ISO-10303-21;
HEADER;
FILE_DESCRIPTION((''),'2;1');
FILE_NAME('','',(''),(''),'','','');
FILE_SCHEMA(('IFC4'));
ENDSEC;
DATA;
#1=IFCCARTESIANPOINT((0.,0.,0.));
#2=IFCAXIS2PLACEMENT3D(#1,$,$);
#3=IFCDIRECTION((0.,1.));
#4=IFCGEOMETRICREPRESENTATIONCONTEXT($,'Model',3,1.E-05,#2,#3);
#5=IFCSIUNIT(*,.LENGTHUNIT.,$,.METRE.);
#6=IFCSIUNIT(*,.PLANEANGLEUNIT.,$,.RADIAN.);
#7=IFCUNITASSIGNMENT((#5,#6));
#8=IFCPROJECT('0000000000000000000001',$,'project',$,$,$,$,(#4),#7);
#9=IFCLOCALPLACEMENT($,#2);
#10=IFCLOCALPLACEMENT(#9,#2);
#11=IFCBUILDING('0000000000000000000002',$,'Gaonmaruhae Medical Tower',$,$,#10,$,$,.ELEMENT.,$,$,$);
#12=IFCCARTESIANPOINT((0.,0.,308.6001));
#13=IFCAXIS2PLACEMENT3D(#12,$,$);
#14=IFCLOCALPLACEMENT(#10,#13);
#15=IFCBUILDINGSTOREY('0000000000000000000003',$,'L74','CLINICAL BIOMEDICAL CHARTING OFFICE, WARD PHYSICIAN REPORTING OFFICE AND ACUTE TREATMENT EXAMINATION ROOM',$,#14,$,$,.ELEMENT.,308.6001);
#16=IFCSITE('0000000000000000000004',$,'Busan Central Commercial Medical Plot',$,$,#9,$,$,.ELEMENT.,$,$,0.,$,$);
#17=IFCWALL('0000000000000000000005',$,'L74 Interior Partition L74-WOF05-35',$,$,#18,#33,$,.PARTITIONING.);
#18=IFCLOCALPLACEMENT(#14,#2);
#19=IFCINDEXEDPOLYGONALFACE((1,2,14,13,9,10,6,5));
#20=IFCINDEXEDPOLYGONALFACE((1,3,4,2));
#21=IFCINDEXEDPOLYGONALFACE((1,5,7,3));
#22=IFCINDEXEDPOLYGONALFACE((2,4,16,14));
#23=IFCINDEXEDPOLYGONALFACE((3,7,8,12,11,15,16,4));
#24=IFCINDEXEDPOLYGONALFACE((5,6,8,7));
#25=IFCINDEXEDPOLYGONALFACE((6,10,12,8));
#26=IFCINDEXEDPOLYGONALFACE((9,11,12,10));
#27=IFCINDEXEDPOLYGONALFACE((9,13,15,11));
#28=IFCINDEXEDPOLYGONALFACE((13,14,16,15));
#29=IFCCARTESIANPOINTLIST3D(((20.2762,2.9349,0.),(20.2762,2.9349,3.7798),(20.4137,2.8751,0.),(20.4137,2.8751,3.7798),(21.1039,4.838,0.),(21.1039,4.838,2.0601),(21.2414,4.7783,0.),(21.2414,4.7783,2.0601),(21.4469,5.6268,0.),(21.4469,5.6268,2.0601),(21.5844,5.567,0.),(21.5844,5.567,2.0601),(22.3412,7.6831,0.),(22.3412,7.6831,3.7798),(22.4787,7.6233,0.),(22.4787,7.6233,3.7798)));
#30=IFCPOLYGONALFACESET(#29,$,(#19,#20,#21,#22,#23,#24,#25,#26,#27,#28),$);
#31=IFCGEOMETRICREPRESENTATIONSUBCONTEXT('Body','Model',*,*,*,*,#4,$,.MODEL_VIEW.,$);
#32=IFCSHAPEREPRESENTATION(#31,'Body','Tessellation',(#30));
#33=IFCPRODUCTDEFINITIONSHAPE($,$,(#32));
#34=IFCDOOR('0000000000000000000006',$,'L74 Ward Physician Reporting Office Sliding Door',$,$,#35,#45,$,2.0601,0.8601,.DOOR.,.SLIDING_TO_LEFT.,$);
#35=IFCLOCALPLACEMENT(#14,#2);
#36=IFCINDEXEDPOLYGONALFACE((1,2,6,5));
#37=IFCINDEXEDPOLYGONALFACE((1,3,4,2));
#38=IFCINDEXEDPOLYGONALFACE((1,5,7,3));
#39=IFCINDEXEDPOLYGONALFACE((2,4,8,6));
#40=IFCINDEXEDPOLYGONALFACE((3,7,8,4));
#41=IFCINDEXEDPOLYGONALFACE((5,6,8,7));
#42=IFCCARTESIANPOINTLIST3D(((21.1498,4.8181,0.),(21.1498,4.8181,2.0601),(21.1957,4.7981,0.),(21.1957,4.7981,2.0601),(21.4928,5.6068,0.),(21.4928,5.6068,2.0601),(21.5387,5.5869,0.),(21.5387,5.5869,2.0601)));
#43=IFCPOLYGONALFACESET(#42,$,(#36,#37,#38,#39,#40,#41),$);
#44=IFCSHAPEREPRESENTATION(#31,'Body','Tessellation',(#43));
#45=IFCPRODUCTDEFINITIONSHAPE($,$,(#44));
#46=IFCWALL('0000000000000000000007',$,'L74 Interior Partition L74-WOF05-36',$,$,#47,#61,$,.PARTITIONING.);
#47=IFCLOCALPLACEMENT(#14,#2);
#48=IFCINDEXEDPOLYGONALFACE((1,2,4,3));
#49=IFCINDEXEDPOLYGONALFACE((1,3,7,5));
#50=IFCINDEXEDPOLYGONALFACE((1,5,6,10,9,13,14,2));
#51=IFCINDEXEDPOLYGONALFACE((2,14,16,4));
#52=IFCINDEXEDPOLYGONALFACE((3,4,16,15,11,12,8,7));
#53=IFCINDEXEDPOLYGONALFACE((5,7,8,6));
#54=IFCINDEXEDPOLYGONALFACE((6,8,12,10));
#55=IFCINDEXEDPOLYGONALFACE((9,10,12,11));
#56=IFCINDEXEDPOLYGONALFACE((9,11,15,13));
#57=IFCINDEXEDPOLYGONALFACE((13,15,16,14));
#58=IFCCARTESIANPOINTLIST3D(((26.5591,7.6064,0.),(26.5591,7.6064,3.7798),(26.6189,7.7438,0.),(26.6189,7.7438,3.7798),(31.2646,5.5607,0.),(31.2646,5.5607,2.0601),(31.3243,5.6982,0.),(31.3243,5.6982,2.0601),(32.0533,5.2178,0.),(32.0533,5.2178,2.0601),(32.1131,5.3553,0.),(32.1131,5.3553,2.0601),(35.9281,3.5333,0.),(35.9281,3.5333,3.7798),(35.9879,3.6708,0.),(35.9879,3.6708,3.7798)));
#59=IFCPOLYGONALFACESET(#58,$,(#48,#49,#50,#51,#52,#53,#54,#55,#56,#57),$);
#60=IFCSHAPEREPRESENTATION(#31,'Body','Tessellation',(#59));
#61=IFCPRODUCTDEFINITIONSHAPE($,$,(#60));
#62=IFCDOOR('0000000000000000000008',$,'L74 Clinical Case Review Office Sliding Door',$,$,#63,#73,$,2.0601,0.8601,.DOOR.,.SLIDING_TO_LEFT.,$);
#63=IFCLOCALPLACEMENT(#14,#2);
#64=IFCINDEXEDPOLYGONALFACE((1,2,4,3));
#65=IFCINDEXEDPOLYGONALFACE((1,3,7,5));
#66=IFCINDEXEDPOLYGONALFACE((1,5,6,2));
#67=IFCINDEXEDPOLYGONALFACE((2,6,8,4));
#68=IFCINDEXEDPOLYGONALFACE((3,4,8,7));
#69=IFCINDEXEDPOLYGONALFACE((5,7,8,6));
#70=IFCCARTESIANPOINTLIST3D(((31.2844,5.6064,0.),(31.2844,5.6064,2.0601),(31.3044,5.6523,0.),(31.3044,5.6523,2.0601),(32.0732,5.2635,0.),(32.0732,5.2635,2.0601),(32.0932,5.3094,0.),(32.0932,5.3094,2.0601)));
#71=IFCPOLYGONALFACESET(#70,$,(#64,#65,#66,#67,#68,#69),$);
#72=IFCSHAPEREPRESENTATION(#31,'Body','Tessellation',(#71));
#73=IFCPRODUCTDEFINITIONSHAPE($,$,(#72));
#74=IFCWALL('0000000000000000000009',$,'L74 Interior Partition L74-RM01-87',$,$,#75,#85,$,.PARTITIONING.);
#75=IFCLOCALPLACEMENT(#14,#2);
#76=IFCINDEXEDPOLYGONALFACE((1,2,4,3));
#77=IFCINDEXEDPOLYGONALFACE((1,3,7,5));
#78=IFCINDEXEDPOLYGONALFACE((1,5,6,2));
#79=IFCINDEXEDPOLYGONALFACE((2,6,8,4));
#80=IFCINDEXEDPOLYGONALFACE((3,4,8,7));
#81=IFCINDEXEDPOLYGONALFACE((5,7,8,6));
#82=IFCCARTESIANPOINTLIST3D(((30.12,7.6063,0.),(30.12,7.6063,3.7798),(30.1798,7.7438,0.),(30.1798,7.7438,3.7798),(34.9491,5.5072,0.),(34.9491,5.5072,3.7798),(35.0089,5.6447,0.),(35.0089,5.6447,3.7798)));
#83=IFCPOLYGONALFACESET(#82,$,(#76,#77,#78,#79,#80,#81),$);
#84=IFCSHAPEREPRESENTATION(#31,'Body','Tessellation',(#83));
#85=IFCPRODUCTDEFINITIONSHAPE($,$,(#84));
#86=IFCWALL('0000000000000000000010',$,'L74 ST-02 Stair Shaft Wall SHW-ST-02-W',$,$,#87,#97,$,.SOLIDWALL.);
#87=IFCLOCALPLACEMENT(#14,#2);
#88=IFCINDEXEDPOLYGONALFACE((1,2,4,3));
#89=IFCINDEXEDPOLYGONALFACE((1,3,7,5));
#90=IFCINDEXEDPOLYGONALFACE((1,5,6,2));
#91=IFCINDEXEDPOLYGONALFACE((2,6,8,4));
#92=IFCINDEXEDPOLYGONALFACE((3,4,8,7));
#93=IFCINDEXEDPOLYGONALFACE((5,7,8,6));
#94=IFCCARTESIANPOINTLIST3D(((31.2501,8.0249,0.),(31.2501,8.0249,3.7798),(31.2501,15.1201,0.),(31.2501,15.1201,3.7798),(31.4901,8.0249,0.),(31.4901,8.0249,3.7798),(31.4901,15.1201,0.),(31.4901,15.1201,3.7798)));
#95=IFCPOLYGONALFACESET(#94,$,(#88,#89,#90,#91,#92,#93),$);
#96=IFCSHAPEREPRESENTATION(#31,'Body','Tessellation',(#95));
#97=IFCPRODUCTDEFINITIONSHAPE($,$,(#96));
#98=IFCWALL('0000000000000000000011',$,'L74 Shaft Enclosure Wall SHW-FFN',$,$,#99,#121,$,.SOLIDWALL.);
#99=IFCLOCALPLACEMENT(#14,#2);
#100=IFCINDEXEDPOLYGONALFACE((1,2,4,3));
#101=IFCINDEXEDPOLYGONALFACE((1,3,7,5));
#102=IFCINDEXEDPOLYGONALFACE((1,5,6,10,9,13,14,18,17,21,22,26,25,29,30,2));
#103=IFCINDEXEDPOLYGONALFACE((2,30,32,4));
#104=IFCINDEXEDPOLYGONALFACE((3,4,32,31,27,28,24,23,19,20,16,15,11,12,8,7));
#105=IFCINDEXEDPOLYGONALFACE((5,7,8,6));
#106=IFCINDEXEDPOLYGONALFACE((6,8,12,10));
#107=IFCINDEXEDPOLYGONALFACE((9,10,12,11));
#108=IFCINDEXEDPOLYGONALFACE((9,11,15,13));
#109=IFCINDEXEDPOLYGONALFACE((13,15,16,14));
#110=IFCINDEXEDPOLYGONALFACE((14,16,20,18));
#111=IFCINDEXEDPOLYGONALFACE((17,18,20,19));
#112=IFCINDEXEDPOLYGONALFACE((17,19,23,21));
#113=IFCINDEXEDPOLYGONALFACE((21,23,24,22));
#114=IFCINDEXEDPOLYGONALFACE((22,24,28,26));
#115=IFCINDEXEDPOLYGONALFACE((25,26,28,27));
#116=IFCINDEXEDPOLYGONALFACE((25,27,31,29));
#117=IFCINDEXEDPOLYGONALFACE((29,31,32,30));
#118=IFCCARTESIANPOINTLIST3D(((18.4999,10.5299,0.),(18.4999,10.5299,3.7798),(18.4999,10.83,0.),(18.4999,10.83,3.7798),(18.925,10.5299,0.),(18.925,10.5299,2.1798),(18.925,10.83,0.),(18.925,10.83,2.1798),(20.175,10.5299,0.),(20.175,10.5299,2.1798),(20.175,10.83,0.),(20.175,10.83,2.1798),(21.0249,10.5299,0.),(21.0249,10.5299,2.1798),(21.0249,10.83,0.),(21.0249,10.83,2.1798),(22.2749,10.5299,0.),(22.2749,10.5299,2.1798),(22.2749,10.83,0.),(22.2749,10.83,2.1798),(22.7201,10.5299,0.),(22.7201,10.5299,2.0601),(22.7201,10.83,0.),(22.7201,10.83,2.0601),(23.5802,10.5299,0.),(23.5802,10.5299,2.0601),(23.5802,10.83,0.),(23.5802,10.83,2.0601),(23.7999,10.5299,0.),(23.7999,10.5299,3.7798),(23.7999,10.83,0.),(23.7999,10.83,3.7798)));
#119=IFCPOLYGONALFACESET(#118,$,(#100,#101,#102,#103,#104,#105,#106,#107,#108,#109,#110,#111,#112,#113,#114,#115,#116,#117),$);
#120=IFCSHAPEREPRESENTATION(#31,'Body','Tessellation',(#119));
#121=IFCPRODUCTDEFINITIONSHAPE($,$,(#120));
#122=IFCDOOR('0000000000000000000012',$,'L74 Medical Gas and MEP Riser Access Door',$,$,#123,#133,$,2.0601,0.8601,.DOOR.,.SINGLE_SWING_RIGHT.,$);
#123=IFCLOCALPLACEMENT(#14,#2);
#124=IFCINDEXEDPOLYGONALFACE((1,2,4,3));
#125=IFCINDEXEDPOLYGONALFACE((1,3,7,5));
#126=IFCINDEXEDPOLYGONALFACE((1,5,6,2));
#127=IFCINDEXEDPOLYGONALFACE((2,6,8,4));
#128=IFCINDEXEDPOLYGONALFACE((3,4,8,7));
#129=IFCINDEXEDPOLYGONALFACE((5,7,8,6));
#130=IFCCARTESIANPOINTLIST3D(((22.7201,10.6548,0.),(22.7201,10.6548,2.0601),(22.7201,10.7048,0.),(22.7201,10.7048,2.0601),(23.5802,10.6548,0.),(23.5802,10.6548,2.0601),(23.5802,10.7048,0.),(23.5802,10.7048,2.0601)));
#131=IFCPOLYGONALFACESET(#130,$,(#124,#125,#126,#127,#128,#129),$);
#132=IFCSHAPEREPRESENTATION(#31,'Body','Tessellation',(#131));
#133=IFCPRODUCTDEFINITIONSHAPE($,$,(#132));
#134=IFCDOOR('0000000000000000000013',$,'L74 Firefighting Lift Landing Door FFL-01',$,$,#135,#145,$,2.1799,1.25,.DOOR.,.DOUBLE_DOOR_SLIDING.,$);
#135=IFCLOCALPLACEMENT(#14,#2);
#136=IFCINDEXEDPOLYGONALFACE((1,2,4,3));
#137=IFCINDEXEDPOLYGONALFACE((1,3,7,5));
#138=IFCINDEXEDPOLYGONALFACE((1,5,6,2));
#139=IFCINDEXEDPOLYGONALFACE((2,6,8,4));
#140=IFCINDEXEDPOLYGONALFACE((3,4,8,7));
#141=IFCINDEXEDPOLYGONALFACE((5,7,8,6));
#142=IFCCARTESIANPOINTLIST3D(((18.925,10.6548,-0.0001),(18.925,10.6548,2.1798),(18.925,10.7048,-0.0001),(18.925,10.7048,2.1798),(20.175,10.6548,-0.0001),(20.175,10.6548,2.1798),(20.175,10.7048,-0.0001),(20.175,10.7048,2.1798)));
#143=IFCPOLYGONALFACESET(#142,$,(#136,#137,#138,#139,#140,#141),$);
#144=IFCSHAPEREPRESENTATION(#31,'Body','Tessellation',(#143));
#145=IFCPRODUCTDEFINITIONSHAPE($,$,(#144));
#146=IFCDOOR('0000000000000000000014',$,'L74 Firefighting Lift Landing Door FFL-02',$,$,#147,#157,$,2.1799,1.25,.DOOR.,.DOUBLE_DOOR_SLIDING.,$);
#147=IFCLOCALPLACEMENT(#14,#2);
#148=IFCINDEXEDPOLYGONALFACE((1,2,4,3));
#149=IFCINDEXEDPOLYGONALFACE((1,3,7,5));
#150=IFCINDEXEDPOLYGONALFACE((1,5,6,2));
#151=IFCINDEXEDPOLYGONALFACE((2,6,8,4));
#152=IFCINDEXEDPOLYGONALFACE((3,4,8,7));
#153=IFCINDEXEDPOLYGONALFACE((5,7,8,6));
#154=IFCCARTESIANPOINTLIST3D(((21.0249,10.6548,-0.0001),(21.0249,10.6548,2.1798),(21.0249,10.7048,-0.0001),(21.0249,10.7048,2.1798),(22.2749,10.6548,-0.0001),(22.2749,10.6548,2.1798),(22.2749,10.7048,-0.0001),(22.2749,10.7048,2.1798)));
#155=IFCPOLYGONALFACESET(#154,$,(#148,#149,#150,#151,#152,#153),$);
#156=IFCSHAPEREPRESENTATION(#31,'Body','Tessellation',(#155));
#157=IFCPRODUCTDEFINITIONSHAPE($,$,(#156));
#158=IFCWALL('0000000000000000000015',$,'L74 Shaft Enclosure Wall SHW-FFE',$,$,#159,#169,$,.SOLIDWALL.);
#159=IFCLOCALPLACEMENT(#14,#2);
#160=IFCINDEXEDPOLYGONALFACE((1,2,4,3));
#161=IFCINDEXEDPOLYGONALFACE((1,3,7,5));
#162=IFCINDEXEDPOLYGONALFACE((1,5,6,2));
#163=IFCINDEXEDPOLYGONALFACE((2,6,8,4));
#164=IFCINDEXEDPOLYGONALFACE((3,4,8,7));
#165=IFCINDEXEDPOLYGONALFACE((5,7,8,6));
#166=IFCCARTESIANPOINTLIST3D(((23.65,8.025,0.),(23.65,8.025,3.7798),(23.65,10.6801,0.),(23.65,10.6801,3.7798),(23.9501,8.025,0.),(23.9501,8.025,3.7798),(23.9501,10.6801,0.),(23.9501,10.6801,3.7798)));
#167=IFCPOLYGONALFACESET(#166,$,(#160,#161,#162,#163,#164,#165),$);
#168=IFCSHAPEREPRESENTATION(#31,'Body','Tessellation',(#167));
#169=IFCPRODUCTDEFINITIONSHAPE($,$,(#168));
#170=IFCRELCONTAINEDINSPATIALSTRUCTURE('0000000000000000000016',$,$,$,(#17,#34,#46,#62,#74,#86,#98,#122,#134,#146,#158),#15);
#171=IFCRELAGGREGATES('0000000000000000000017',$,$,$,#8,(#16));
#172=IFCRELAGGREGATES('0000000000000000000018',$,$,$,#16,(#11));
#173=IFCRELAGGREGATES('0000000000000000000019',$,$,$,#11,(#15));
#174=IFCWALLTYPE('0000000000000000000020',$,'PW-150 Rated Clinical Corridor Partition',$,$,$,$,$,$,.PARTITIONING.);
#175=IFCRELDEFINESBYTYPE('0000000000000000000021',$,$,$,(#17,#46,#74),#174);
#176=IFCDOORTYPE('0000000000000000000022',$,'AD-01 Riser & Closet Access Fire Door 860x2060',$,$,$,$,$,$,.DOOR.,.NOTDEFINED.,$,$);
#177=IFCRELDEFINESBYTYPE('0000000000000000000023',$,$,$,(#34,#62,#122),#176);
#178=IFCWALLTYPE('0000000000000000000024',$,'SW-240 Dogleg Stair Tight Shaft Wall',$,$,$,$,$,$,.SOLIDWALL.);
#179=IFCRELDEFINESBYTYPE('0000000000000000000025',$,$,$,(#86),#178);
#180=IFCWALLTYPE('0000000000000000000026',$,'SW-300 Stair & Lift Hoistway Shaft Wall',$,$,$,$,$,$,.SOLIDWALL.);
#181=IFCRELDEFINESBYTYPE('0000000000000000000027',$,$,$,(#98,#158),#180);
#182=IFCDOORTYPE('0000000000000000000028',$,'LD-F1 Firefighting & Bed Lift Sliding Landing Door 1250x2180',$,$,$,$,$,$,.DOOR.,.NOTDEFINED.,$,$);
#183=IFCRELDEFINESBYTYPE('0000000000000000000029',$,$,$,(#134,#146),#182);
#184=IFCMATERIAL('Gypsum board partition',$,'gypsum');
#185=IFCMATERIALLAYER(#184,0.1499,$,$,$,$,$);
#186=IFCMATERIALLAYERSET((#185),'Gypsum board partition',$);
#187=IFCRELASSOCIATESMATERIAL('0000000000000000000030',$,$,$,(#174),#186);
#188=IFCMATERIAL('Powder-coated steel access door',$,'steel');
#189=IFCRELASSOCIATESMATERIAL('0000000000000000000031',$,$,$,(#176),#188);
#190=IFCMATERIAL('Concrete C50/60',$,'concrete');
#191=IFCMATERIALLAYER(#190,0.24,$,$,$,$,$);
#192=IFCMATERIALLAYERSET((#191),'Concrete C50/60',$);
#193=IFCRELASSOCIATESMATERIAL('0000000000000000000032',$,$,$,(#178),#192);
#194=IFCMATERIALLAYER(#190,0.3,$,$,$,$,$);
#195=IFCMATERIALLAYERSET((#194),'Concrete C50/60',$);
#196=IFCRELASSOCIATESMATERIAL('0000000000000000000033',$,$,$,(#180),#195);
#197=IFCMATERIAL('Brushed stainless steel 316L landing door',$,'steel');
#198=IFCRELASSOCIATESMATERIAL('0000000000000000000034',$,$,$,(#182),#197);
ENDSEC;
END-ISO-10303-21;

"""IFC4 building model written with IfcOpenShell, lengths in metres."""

from ifc_helpers import new_model, si_unit, direction, frame, frame_2d, origin, place, context, subcontext, project, spatial, rectangle, extrude, material, layer, layer_set, type_object, element, fill, save


model = new_model("IFC4")

# Units and contexts
model_context = context("Model", 3, precision=1e-05, world=origin(), true_north=direction((0.0, 1.0)))
body_context = subcontext(model_context, "Body", "Model", "MODEL_VIEW")
ifc_project = project(units=[si_unit("LENGTHUNIT", "METRE"), si_unit("PLANEANGLEUNIT", "RADIAN")], contexts=[model_context])

# Site, building, storey
site_placement = place(None, origin())
site = spatial("IfcSite", under=ifc_project, at=site_placement, Name="Busan Central Commercial Medical Plot", CompositionType="ELEMENT", RefElevation=0.0)
building_placement = place(site_placement, origin())
building = spatial("IfcBuilding", under=site, at=building_placement, Name="Gaonmaruhae Medical Tower", CompositionType="ELEMENT")
storey_placement = place(building_placement, frame((0.0, 0.0, 308.6001)))
storey = spatial("IfcBuildingStorey", under=building, at=storey_placement, Name="L74", Description="CLINICAL BIOMEDICAL CHARTING OFFICE, WARD PHYSICIAN REPORTING OFFICE AND ACUTE TREATMENT EXAMINATION ROOM", CompositionType="ELEMENT", Elevation=308.6001)

# Shared definitions
ifc_material_1 = material(Name="Concrete C50/60", Category="concrete")

# Shared definitions
ifc_material_2 = material(Name="Gypsum board partition", Category="gypsum")
ifc_layer_1 = layer(ifc_material_2, 0.1499)
ifc_layer_set_1 = layer_set([ifc_layer_1], Name="Gypsum board partition")
wall_type_1 = type_object("IfcWallType", Name="PW-150 Rated Clinical Corridor Partition", PredefinedType="PARTITIONING", material=ifc_layer_set_1)

# Walls, openings, doors
wall_1_placement = place(storey_placement, frame((20.345, 2.905, 0.0), z_axis=(0.0, 0.0, 1.0), x_axis=(0.398819, 0.91703, 0.0)))
wall_1 = element("IfcWall", 1, at=wall_1_placement, inside=storey, type_object=wall_type_1, Name="L74 Interior Partition L74-WOF05-35", PredefinedType="PARTITIONING", context=body_context, shape_type="SweptSolid", body=[
    extrude(rectangle(XDim=5.1777, YDim=0.1499, at=frame_2d((2.5889, 0.0))), origin(), (0.0, 0.0, 1.0), 3.7798),
])
opening_1_placement = place(wall_1_placement, frame((2.0752, 0.0, 0.0)))
opening_1 = element("IfcOpeningElement", 2, at=opening_1_placement, cuts=wall_1, PredefinedType="OPENING", context=body_context, shape_type="SweptSolid", body=[
    extrude(rectangle(XDim=0.8601, YDim=2.0601, at=frame_2d((0.4302, 1.03))), frame((0.0, 0.085, 0.0), z_axis=(0.0, -1.0, 0.0), x_axis=(1.0, 0.0, 0.0)), (0.0, 0.0, 1.0), 0.1699),
])
ifc_material_3 = material(Name="Powder-coated steel access door", Category="steel")
door_type_1 = type_object("IfcDoorType", Name="AD-01 Riser & Closet Access Fire Door 860x2060", OperationType="NOTDEFINED", PredefinedType="DOOR", material=ifc_material_3)
door_1_placement = place(opening_1_placement, origin())
door_1 = element("IfcDoor", 3, at=door_1_placement, inside=storey, type_object=door_type_1, Name="L74 Ward Physician Reporting Office Sliding Door", OperationType="SLIDING_TO_LEFT", OverallHeight=2.0601, OverallWidth=0.8601, PredefinedType="DOOR", context=body_context, shape_type="SweptSolid", body=[
    extrude(rectangle(XDim=0.8601, YDim=2.0601, at=frame_2d((0.4302, 1.03))), frame((0.0, 0.0249, 0.0), z_axis=(0.0, -1.0, 0.0), x_axis=(1.0, 0.0, 0.0)), (0.0, 0.0, 1.0), 0.05),
])
fill(opening_1, door_1)
wall_2_placement = place(storey_placement, frame((26.5891, 7.675, 0.0), z_axis=(0.0, 0.0, 1.0), x_axis=(0.917086, -0.39869, 0.0)))
wall_2 = element("IfcWall", 4, at=wall_2_placement, inside=storey, type_object=wall_type_1, Name="L74 Interior Partition L74-WOF05-36", PredefinedType="PARTITIONING", context=body_context, shape_type="SweptSolid", body=[
    extrude(rectangle(XDim=10.2161, YDim=0.1499, at=frame_2d((5.1079, 0.0))), origin(), (0.0, 0.0, 1.0), 3.7798),
])
opening_2_placement = place(wall_2_placement, frame((5.1306, 0.0, 0.0)))
opening_2 = element("IfcOpeningElement", 5, at=opening_2_placement, cuts=wall_2, PredefinedType="OPENING", context=body_context, shape_type="SweptSolid", body=[
    extrude(rectangle(XDim=0.8601, YDim=2.0601, at=frame_2d((0.4302, 1.03))), frame((0.0, 0.085, 0.0), z_axis=(0.0, -1.0, 0.0), x_axis=(1.0, 0.0, 0.0)), (0.0, 0.0, 1.0), 0.1699),
])
door_2_placement = place(opening_2_placement, origin())
door_2 = element("IfcDoor", 6, at=door_2_placement, inside=storey, type_object=door_type_1, Name="L74 Clinical Case Review Office Sliding Door", OperationType="SLIDING_TO_LEFT", OverallHeight=2.0601, OverallWidth=0.8601, PredefinedType="DOOR", context=body_context, shape_type="SweptSolid", body=[
    extrude(rectangle(XDim=0.8601, YDim=2.0601, at=frame_2d((0.4302, 1.03))), frame((0.0, 0.0249, 0.0), z_axis=(0.0, -1.0, 0.0), x_axis=(1.0, 0.0, 0.0)), (0.0, 0.0, 1.0), 0.05),
])
fill(opening_2, door_2)

# Walls
wall_3_placement = place(storey_placement, frame((30.1499, 7.675, 0.0), z_axis=(0.0, 0.0, 1.0), x_axis=(0.917104, -0.398648, 0.0)))
element("IfcWall", 7, at=wall_3_placement, inside=storey, type_object=wall_type_1, Name="L74 Interior Partition L74-RM01-87", PredefinedType="PARTITIONING", context=body_context, shape_type="SweptSolid", body=[
    extrude(rectangle(XDim=5.2656, YDim=0.1499, at=frame_2d((2.6328, 0.0))), origin(), (0.0, 0.0, 1.0), 3.7798),
])
ifc_layer_2 = layer(ifc_material_1, 0.24)
ifc_layer_set_2 = layer_set([ifc_layer_2], Name="Concrete C50/60")
wall_type_2 = type_object("IfcWallType", Name="SW-240 Dogleg Stair Tight Shaft Wall", PredefinedType="SOLIDWALL", material=ifc_layer_set_2)
wall_4_placement = place(storey_placement, frame((31.3701, 8.0249, 0.0), z_axis=(0.0, 0.0, 1.0), x_axis=(0.0, 1.0, 0.0)))
element("IfcWall", 8, at=wall_4_placement, inside=storey, type_object=wall_type_2, Name="L74 ST-02 Stair Shaft Wall SHW-ST-02-W", PredefinedType="SOLIDWALL", context=body_context, shape_type="SweptSolid", body=[
    extrude(rectangle(XDim=7.0952, YDim=0.24, at=frame_2d((3.5476, 0.0))), origin(), (0.0, 0.0, 1.0), 3.7798),
])

# Wall, openings, doors
ifc_layer_3 = layer(ifc_material_1, 0.3)
ifc_layer_set_3 = layer_set([ifc_layer_3], Name="Concrete C50/60")
wall_type_3 = type_object("IfcWallType", Name="SW-300 Stair & Lift Hoistway Shaft Wall", PredefinedType="SOLIDWALL", material=ifc_layer_set_3)
wall_5_placement = place(storey_placement, frame((18.5, 10.6799, 0.0), z_axis=(0.0, 0.0, 1.0), x_axis=(1.0, 0.0, 0.0)))
wall_5 = element("IfcWall", 9, at=wall_5_placement, inside=storey, type_object=wall_type_3, Name="L74 Shaft Enclosure Wall SHW-FFN", PredefinedType="SOLIDWALL", context=body_context, shape_type="SweptSolid", body=[
    extrude(rectangle(XDim=5.3, YDim=0.3, at=frame_2d((2.6499, 0.0))), origin(), (0.0, 0.0, 1.0), 3.7798),
])
opening_3_placement = place(wall_5_placement, frame((4.22, 0.0, 0.0)))
opening_3 = element("IfcOpeningElement", 10, at=opening_3_placement, cuts=wall_5, PredefinedType="OPENING", context=body_context, shape_type="SweptSolid", body=[
    extrude(rectangle(XDim=0.8601, YDim=2.0601, at=frame_2d((0.4302, 1.03))), frame((0.0, 0.1602, 0.0), z_axis=(0.0, -1.0, 0.0), x_axis=(1.0, 0.0, 0.0)), (0.0, 0.0, 1.0), 0.3201),
])
opening_4_placement = place(wall_5_placement, frame((0.425, 0.0, 0.0)))
opening_4 = element("IfcOpeningElement", 11, at=opening_4_placement, cuts=wall_5, PredefinedType="OPENING", context=body_context, shape_type="SweptSolid", body=[
    extrude(rectangle(XDim=1.25, YDim=2.1799, at=frame_2d((0.625, 1.0898))), frame((0.0, 0.1602, 0.0), z_axis=(0.0, -1.0, 0.0), x_axis=(1.0, 0.0, 0.0)), (0.0, 0.0, 1.0), 0.3201),
])
opening_5_placement = place(wall_5_placement, frame((2.5249, 0.0, 0.0)))
opening_5 = element("IfcOpeningElement", 12, at=opening_5_placement, cuts=wall_5, PredefinedType="OPENING", context=body_context, shape_type="SweptSolid", body=[
    extrude(rectangle(XDim=1.25, YDim=2.1799, at=frame_2d((0.625, 1.0898))), frame((0.0, 0.1602, 0.0), z_axis=(0.0, -1.0, 0.0), x_axis=(1.0, 0.0, 0.0)), (0.0, 0.0, 1.0), 0.3201),
])
door_3_placement = place(opening_3_placement, origin())
door_3 = element("IfcDoor", 13, at=door_3_placement, inside=storey, type_object=door_type_1, Name="L74 Medical Gas and MEP Riser Access Door", OperationType="SINGLE_SWING_RIGHT", OverallHeight=2.0601, OverallWidth=0.8601, PredefinedType="DOOR", context=body_context, shape_type="SweptSolid", body=[
    extrude(rectangle(XDim=0.8601, YDim=2.0601, at=frame_2d((0.4302, 1.03))), frame((0.0, 0.0249, 0.0), z_axis=(0.0, -1.0, 0.0), x_axis=(1.0, 0.0, 0.0)), (0.0, 0.0, 1.0), 0.05),
])
fill(opening_3, door_3)
ifc_material_4 = material(Name="Brushed stainless steel 316L landing door", Category="steel")
door_type_2 = type_object("IfcDoorType", Name="LD-F1 Firefighting & Bed Lift Sliding Landing Door 1250x2180", OperationType="NOTDEFINED", PredefinedType="DOOR", material=ifc_material_4)
door_4_placement = place(opening_4_placement, origin())
door_4 = element("IfcDoor", 14, at=door_4_placement, inside=storey, type_object=door_type_2, Name="L74 Firefighting Lift Landing Door FFL-01", OperationType="DOUBLE_DOOR_SLIDING", OverallHeight=2.1799, OverallWidth=1.25, PredefinedType="DOOR", context=body_context, shape_type="SweptSolid", body=[
    extrude(rectangle(XDim=1.25, YDim=2.1799, at=frame_2d((0.625, 1.0898))), frame((0.0, 0.0249, 0.0), z_axis=(0.0, -1.0, 0.0), x_axis=(1.0, 0.0, 0.0)), (0.0, 0.0, 1.0), 0.05),
])
fill(opening_4, door_4)
door_5_placement = place(opening_5_placement, origin())
door_5 = element("IfcDoor", 15, at=door_5_placement, inside=storey, type_object=door_type_2, Name="L74 Firefighting Lift Landing Door FFL-02", OperationType="DOUBLE_DOOR_SLIDING", OverallHeight=2.1799, OverallWidth=1.25, PredefinedType="DOOR", context=body_context, shape_type="SweptSolid", body=[
    extrude(rectangle(XDim=1.25, YDim=2.1799, at=frame_2d((0.625, 1.0898))), frame((0.0, 0.0249, 0.0), z_axis=(0.0, -1.0, 0.0), x_axis=(1.0, 0.0, 0.0)), (0.0, 0.0, 1.0), 0.05),
])
fill(opening_5, door_5)

# Wall
wall_6_placement = place(storey_placement, frame((23.8, 8.0249, 0.0), z_axis=(0.0, 0.0, 1.0), x_axis=(0.0, 1.0, 0.0)))
element("IfcWall", 16, at=wall_6_placement, inside=storey, type_object=wall_type_3, Name="L74 Shaft Enclosure Wall SHW-FFE", PredefinedType="SOLIDWALL", context=body_context, shape_type="SweptSolid", body=[
    extrude(rectangle(XDim=2.655, YDim=0.3, at=frame_2d((1.3276, 0.0))), origin(), (0.0, 0.0, 1.0), 3.7798),
])

save(model, "model.ifc")
